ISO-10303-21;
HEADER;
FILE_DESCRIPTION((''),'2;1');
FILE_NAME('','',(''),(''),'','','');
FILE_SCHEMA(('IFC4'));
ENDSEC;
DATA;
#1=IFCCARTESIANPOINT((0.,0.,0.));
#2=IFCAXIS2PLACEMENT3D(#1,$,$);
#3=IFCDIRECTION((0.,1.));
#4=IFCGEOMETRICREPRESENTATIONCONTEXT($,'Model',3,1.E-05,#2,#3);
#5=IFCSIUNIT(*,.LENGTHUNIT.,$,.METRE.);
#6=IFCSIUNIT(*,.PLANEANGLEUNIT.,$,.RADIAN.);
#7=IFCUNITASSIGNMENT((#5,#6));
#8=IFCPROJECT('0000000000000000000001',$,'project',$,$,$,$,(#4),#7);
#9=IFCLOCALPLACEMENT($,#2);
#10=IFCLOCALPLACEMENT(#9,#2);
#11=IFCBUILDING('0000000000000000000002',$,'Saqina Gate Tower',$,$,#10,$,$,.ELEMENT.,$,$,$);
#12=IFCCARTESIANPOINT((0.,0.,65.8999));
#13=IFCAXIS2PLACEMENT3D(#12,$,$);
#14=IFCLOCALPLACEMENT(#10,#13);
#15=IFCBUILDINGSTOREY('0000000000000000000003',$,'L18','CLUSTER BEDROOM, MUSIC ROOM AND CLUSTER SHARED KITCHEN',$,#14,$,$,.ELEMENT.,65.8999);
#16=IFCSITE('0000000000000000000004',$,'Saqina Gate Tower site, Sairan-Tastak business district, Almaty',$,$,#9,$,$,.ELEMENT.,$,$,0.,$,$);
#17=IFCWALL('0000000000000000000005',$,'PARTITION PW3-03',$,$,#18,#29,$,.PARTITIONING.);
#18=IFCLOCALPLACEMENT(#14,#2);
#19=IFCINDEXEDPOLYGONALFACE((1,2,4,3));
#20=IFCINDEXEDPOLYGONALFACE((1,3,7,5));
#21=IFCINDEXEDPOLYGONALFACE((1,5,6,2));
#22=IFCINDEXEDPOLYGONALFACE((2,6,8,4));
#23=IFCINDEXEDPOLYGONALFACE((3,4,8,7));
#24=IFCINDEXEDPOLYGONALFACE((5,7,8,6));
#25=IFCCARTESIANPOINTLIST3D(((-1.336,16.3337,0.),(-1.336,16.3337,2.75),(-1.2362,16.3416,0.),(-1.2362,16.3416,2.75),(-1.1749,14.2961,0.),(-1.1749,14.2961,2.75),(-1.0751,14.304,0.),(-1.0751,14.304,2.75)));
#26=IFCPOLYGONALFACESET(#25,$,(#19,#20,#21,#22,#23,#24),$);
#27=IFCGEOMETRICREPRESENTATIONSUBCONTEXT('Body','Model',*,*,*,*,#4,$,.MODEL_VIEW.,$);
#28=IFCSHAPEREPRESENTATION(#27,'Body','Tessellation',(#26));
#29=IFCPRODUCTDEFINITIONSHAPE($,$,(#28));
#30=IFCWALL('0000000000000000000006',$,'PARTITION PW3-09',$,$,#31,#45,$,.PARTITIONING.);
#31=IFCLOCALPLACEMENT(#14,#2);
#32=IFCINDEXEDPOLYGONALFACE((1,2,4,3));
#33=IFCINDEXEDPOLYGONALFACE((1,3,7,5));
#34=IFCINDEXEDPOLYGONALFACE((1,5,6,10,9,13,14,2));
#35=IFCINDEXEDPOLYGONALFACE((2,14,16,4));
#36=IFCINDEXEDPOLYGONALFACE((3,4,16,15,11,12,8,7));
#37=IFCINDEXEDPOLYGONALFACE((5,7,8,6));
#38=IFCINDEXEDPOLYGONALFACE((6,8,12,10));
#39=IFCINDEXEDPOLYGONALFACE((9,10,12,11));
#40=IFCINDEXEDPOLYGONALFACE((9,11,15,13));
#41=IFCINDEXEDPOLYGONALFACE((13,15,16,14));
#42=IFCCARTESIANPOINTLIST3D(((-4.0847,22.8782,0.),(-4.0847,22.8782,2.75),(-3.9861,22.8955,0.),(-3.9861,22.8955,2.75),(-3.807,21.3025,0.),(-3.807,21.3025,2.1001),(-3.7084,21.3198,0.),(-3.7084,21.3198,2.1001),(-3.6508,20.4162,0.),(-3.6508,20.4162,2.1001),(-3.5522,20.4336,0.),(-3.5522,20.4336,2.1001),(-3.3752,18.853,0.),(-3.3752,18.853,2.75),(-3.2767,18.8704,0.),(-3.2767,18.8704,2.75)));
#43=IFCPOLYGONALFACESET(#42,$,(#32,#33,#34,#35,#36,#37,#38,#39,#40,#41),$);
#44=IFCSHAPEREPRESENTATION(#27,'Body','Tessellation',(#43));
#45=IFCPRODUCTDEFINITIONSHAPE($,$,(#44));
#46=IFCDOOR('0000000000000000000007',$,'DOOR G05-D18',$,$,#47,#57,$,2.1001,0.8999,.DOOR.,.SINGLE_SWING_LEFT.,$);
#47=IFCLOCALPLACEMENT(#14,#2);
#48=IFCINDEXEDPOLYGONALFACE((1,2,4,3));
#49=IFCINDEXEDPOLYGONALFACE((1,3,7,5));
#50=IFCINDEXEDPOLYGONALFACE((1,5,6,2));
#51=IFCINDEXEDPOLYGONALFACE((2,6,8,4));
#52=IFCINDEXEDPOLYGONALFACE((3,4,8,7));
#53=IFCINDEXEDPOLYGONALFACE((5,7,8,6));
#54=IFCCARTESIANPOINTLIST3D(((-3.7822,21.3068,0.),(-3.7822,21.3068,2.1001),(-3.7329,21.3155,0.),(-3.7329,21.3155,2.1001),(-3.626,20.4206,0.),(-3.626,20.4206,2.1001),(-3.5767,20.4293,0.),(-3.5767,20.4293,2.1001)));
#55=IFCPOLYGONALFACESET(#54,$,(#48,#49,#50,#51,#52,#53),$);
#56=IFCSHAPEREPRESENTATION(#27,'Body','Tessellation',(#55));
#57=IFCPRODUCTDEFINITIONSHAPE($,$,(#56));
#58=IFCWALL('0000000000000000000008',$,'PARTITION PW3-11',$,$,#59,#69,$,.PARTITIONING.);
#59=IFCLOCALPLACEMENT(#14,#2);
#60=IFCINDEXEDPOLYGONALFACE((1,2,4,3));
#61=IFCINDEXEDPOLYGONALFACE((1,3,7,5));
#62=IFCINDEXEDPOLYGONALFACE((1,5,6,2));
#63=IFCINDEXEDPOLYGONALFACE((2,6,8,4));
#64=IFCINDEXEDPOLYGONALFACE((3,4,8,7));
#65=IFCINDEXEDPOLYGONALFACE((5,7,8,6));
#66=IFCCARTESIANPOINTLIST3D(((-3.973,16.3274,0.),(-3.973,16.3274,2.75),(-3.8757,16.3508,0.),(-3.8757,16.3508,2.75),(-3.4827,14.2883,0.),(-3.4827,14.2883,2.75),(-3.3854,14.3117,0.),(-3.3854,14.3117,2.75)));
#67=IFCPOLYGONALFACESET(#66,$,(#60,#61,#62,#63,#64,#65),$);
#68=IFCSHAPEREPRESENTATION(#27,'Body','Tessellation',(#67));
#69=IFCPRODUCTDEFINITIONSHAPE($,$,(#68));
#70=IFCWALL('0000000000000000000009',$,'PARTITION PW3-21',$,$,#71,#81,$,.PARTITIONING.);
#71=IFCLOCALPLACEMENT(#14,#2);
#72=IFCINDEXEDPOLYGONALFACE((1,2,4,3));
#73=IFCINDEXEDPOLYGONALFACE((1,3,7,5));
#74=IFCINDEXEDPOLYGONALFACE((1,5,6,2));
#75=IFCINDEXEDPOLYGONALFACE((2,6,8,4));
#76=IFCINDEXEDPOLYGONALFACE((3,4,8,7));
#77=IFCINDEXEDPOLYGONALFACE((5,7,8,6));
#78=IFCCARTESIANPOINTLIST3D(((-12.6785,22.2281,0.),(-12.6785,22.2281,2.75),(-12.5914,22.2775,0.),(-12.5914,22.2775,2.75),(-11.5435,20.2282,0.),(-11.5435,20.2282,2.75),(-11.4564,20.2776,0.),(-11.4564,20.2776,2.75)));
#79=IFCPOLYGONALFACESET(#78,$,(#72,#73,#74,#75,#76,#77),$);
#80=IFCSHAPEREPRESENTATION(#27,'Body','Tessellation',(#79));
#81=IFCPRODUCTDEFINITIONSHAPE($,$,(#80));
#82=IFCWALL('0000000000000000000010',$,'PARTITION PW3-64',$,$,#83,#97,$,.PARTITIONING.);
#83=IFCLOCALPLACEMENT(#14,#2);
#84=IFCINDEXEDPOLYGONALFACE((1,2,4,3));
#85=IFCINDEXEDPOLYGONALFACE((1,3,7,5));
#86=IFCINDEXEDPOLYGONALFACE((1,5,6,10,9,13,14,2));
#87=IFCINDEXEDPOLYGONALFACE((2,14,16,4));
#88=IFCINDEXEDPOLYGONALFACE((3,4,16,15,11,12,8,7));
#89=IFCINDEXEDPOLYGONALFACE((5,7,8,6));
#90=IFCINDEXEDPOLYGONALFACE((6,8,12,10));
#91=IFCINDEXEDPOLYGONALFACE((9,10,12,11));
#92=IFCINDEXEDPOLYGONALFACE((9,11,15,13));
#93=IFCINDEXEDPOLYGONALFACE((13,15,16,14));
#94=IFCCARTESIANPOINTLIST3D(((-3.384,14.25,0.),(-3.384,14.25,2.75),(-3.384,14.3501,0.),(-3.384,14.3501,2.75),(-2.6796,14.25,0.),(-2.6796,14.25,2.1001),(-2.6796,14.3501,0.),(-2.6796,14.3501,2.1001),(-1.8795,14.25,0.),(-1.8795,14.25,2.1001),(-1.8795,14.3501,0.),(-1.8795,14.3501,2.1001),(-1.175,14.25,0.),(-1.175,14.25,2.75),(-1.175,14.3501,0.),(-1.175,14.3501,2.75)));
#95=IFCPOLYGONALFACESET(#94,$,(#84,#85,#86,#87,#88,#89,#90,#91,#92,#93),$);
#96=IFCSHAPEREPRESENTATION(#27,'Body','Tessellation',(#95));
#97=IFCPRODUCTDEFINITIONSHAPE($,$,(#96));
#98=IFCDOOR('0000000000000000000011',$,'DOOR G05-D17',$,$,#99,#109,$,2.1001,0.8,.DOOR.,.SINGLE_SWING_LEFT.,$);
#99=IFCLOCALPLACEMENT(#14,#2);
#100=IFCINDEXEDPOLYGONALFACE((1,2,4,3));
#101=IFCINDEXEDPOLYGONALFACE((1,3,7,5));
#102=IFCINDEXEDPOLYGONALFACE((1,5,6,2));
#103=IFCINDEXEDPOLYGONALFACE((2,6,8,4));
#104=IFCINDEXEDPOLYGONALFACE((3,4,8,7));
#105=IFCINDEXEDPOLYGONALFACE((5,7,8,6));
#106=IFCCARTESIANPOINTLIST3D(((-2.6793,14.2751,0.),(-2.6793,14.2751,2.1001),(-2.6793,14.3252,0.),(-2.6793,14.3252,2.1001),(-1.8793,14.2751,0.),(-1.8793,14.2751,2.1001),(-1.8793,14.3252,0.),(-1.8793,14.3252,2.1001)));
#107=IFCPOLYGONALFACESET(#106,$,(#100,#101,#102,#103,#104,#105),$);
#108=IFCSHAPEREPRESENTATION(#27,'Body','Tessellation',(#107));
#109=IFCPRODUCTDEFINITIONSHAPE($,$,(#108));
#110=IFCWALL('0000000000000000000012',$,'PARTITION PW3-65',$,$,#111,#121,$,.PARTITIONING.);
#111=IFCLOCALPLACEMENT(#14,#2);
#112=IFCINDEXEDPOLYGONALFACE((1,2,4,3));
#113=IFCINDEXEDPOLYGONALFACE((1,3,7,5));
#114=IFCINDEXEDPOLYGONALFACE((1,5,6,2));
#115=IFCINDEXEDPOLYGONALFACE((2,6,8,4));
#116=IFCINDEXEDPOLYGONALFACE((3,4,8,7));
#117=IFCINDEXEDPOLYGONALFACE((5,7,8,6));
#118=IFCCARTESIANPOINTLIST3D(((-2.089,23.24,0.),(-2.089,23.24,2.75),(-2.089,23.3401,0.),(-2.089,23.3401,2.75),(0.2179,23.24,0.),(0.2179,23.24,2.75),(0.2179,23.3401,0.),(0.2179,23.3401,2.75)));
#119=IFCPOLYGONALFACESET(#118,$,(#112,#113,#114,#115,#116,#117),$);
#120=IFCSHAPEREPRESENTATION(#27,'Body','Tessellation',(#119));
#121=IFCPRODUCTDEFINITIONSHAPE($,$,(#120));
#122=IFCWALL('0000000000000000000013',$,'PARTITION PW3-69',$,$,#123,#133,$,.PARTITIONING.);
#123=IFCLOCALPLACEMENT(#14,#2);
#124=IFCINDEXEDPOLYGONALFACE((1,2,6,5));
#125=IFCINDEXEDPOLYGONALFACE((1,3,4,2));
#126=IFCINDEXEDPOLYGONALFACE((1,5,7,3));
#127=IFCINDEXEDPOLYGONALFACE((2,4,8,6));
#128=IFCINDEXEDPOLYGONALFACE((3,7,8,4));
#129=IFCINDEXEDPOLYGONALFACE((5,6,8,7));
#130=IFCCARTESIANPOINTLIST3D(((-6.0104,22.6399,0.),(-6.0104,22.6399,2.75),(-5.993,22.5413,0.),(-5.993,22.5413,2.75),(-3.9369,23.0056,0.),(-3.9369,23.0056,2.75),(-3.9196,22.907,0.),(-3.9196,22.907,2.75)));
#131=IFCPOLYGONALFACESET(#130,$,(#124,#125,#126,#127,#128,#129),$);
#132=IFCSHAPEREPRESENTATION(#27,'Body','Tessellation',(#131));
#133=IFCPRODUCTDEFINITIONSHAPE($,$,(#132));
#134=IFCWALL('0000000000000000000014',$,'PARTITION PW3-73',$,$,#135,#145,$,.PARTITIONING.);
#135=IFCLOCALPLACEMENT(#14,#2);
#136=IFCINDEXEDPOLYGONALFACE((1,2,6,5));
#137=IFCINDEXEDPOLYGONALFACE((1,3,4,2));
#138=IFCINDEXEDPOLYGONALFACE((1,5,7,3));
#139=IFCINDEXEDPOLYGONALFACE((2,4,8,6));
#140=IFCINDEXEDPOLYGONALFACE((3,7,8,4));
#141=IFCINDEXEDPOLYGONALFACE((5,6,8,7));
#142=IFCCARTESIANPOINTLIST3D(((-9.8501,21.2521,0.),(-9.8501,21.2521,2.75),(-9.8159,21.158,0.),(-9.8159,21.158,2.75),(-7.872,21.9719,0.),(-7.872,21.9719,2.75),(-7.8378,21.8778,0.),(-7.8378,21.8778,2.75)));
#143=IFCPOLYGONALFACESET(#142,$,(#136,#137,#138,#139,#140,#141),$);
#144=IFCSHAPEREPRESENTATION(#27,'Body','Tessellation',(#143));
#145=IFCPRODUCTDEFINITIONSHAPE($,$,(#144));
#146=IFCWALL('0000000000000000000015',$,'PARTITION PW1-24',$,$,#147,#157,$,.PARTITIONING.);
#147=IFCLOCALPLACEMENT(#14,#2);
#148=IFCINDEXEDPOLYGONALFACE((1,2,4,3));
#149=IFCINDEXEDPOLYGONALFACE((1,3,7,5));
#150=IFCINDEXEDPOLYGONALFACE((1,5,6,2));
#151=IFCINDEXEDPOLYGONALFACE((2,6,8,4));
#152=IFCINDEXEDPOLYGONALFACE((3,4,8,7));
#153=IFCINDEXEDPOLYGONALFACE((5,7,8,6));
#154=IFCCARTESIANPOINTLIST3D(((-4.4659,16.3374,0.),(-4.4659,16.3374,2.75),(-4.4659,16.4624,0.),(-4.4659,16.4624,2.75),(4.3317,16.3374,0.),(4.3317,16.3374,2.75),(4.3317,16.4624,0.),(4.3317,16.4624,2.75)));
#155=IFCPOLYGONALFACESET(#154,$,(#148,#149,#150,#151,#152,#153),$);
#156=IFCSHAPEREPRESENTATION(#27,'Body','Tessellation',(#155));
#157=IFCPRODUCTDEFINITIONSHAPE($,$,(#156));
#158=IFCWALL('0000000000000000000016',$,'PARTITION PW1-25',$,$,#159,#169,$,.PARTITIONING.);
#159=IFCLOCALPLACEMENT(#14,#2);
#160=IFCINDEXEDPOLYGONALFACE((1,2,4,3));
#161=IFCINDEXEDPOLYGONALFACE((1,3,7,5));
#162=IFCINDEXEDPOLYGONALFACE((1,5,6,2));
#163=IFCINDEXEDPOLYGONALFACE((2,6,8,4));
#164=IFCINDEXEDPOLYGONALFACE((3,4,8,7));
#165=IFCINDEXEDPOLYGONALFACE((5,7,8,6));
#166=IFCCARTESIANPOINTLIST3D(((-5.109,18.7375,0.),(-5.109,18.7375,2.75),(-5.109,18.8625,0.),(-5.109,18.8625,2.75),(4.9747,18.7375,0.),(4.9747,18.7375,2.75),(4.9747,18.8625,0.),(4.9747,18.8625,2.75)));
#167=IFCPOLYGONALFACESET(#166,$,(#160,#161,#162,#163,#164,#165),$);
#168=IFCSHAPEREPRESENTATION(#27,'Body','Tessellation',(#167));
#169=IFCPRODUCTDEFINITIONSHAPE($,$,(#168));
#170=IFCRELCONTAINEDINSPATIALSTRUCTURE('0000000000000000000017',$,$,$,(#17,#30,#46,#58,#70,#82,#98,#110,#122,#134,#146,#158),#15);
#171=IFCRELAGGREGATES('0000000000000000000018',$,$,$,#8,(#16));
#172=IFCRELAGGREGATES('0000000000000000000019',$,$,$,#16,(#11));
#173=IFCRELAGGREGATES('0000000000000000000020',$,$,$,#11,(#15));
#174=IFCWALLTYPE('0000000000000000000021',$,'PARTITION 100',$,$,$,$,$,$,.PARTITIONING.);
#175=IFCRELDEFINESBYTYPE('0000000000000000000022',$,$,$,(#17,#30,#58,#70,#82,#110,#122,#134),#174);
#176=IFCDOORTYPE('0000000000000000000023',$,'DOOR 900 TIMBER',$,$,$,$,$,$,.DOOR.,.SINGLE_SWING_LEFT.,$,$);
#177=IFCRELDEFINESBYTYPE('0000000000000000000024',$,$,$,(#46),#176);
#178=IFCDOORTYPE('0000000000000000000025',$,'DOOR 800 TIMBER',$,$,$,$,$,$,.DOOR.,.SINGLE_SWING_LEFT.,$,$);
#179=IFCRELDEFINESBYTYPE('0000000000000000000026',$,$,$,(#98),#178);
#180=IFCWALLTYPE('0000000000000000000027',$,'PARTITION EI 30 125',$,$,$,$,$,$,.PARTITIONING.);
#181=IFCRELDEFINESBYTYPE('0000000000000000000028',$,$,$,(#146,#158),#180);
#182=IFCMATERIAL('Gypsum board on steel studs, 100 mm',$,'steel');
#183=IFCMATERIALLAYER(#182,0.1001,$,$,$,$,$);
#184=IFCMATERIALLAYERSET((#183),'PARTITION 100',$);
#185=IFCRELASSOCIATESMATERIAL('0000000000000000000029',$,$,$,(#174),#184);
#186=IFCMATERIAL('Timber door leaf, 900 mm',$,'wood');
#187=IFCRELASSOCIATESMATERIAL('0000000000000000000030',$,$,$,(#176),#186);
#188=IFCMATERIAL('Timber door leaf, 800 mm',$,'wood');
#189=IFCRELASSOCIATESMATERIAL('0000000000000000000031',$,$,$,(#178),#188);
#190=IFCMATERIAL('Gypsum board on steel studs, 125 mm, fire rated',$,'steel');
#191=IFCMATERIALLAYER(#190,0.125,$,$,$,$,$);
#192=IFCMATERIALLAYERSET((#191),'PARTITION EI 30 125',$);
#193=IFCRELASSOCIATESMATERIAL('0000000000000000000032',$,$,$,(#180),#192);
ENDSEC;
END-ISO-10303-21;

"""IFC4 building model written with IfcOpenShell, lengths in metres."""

from ifc_helpers import new_model, si_unit, direction, frame, frame_2d, origin, place, context, subcontext, project, spatial, rectangle, extrude, material, layer, layer_set, type_object, element, fill, save


model = new_model("IFC4")

# Units and contexts
model_context = context("Model", 3, precision=1e-05, world=origin(), true_north=direction((0.0, 1.0)))
body_context = subcontext(model_context, "Body", "Model", "MODEL_VIEW")
ifc_project = project(units=[si_unit("LENGTHUNIT", "METRE"), si_unit("PLANEANGLEUNIT", "RADIAN")], contexts=[model_context])

# Site, building, storey
site_placement = place(None, origin())
site = spatial("IfcSite", under=ifc_project, at=site_placement, Name="Saqina Gate Tower site, Sairan-Tastak business district, Almaty", CompositionType="ELEMENT", RefElevation=0.0)
building_placement = place(site_placement, origin())
building = spatial("IfcBuilding", under=site, at=building_placement, Name="Saqina Gate Tower", CompositionType="ELEMENT")
storey_placement = place(building_placement, frame((0.0, 0.0, 65.8999)))
storey = spatial("IfcBuildingStorey", under=building, at=storey_placement, Name="L18", Description="CLUSTER BEDROOM, MUSIC ROOM AND CLUSTER SHARED KITCHEN", CompositionType="ELEMENT", Elevation=65.8999)

# Wall
ifc_material_1 = material(Name="Gypsum board on steel studs, 100 mm", Category="steel")
ifc_layer_1 = layer(ifc_material_1, 0.1001)
ifc_layer_set_1 = layer_set([ifc_layer_1], Name="PARTITION 100")
wall_type_1 = type_object("IfcWallType", Name="PARTITION 100", PredefinedType="PARTITIONING", material=ifc_layer_set_1)
wall_1_placement = place(storey_placement, frame((-1.2861, 16.3376, 0.0), z_axis=(0.0, 0.0, 1.0), x_axis=(0.078834, -0.996888, 0.0)))
element("IfcWall", 1, at=wall_1_placement, inside=storey, type_object=wall_type_1, Name="PARTITION PW3-03", PredefinedType="PARTITIONING", context=body_context, shape_type="SweptSolid", body=[
    extrude(rectangle(XDim=2.0439, YDim=0.1001, at=frame_2d((1.022, 0.0))), origin(), (0.0, 0.0, 1.0), 2.75),
])

# Wall, opening, door
wall_2_placement = place(storey_placement, frame((-4.0354, 22.8867, 0.0), z_axis=(0.0, 0.0, 1.0), x_axis=(0.173584, -0.984819, 0.0)))
wall_2 = element("IfcWall", 2, at=wall_2_placement, inside=storey, type_object=wall_type_1, Name="PARTITION PW3-09", PredefinedType="PARTITIONING", context=body_context, shape_type="SweptSolid", body=[
    extrude(rectangle(XDim=4.0872, YDim=0.1001, at=frame_2d((2.0435, 0.0))), origin(), (0.0, 0.0, 1.0), 2.75),
])
opening_1_placement = place(wall_2_placement, frame((1.5999, 0.0, 0.0)))
opening_1 = element("IfcOpeningElement", 3, at=opening_1_placement, cuts=wall_2, PredefinedType="OPENING", context=body_context, shape_type="SweptSolid", body=[
    extrude(rectangle(XDim=0.8999, YDim=2.1001, at=frame_2d((0.45, 1.05))), frame((0.0, 0.062, 0.0), z_axis=(0.0, -1.0, 0.0), x_axis=(1.0, 0.0, 0.0)), (0.0, 0.0, 1.0), 0.124),
])
ifc_material_2 = material(Name="Timber door leaf, 900 mm", Category="wood")
door_type_1 = type_object("IfcDoorType", Name="DOOR 900 TIMBER", OperationType="SINGLE_SWING_LEFT", PredefinedType="DOOR", material=ifc_material_2)
door_1_placement = place(opening_1_placement, frame((0.8999, 0.0, 0.0), z_axis=(0.0, 0.0, 1.0), x_axis=(-1.0, 0.0, 0.0)))
door_1 = element("IfcDoor", 4, at=door_1_placement, inside=storey, type_object=door_type_1, Name="DOOR G05-D18", OperationType="SINGLE_SWING_LEFT", OverallHeight=2.1001, OverallWidth=0.8999, PredefinedType="DOOR", context=body_context, shape_type="SweptSolid", body=[
    extrude(rectangle(XDim=0.8999, YDim=2.1001, at=frame_2d((0.45, 1.05))), frame((0.0, 0.0249, 0.0), z_axis=(0.0, -1.0, 0.0), x_axis=(1.0, 0.0, 0.0)), (0.0, 0.0, 1.0), 0.05),
])
fill(opening_1, door_1)

# Walls
wall_3_placement = place(storey_placement, frame((-3.9243, 16.3391, 0.0), z_axis=(0.0, 0.0, 1.0), x_axis=(0.23376, -0.972294, 0.0)))
element("IfcWall", 5, at=wall_3_placement, inside=storey, type_object=wall_type_1, Name="PARTITION PW3-11", PredefinedType="PARTITIONING", context=body_context, shape_type="SweptSolid", body=[
    extrude(rectangle(XDim=2.0972, YDim=0.1001, at=frame_2d((1.0486, 0.0))), origin(), (0.0, 0.0, 1.0), 2.75),
])
wall_4_placement = place(storey_placement, frame((-12.635, 22.2529, 0.0), z_axis=(0.0, 0.0, 1.0), x_axis=(0.493564, -0.869709, 0.0)))
element("IfcWall", 6, at=wall_4_placement, inside=storey, type_object=wall_type_1, Name="PARTITION PW3-21", PredefinedType="PARTITIONING", context=body_context, shape_type="SweptSolid", body=[
    extrude(rectangle(XDim=2.2996, YDim=0.1001, at=frame_2d((1.1499, 0.0))), origin(), (0.0, 0.0, 1.0), 2.75),
])

# Wall, opening, door
wall_5_placement = place(storey_placement, frame((-3.384, 14.3, 0.0), z_axis=(0.0, 0.0, 1.0), x_axis=(1.0, 0.0, 0.0)))
wall_5 = element("IfcWall", 7, at=wall_5_placement, inside=storey, type_object=wall_type_1, Name="PARTITION PW3-64", PredefinedType="PARTITIONING", context=body_context, shape_type="SweptSolid", body=[
    extrude(rectangle(XDim=2.209, YDim=0.1001, at=frame_2d((1.1045, 0.0))), origin(), (0.0, 0.0, 1.0), 2.75),
])
opening_2_placement = place(wall_5_placement, frame((0.7046, 0.0, 0.0)))
opening_2 = element("IfcOpeningElement", 8, at=opening_2_placement, cuts=wall_5, PredefinedType="OPENING", context=body_context, shape_type="SweptSolid", body=[
    extrude(rectangle(XDim=0.8, YDim=2.1001, at=frame_2d((0.3999, 1.05))), frame((0.0, 0.062, 0.0), z_axis=(0.0, -1.0, 0.0), x_axis=(1.0, 0.0, 0.0)), (0.0, 0.0, 1.0), 0.124),
])
ifc_material_3 = material(Name="Timber door leaf, 800 mm", Category="wood")
door_type_2 = type_object("IfcDoorType", Name="DOOR 800 TIMBER", OperationType="SINGLE_SWING_LEFT", PredefinedType="DOOR", material=ifc_material_3)
door_2_placement = place(opening_2_placement, frame((0.8, 0.0, 0.0), z_axis=(0.0, 0.0, 1.0), x_axis=(-1.0, 0.0, 0.0)))
door_2 = element("IfcDoor", 9, at=door_2_placement, inside=storey, type_object=door_type_2, Name="DOOR G05-D17", OperationType="SINGLE_SWING_LEFT", OverallHeight=2.1001, OverallWidth=0.8, PredefinedType="DOOR", context=body_context, shape_type="SweptSolid", body=[
    extrude(rectangle(XDim=0.8, YDim=2.1001, at=frame_2d((0.3999, 1.05))), frame((0.0, 0.0249, 0.0), z_axis=(0.0, -1.0, 0.0), x_axis=(1.0, 0.0, 0.0)), (0.0, 0.0, 1.0), 0.05),
])
fill(opening_2, door_2)

# Walls
wall_6_placement = place(storey_placement, frame((-2.0889, 23.29, 0.0), z_axis=(0.0, 0.0, 1.0), x_axis=(1.0, 0.0, 0.0)))
element("IfcWall", 10, at=wall_6_placement, inside=storey, type_object=wall_type_1, Name="PARTITION PW3-65", PredefinedType="PARTITIONING", context=body_context, shape_type="SweptSolid", body=[
    extrude(rectangle(XDim=2.3069, YDim=0.1001, at=frame_2d((1.1533, 0.0))), origin(), (0.0, 0.0, 1.0), 2.75),
])
wall_7_placement = place(storey_placement, frame((-6.0017, 22.5906, 0.0), z_axis=(0.0, 0.0, 1.0), x_axis=(0.984799, 0.173699, 0.0)))
element("IfcWall", 11, at=wall_7_placement, inside=storey, type_object=wall_type_1, Name="PARTITION PW3-69", PredefinedType="PARTITIONING", context=body_context, shape_type="SweptSolid", body=[
    extrude(rectangle(XDim=2.1055, YDim=0.1001, at=frame_2d((1.0527, 0.0))), origin(), (0.0, 0.0, 1.0), 2.75),
])
wall_8_placement = place(storey_placement, frame((-9.833, 21.2051, 0.0), z_axis=(0.0, 0.0, 1.0), x_axis=(0.939726, 0.341929, 0.0)))
element("IfcWall", 12, at=wall_8_placement, inside=storey, type_object=wall_type_1, Name="PARTITION PW3-73", PredefinedType="PARTITIONING", context=body_context, shape_type="SweptSolid", body=[
    extrude(rectangle(XDim=2.105, YDim=0.1001, at=frame_2d((1.0525, 0.0))), origin(), (0.0, 0.0, 1.0), 2.75),
])
ifc_material_4 = material(Name="Gypsum board on steel studs, 125 mm, fire rated", Category="steel")
ifc_layer_2 = layer(ifc_material_4, 0.125)
ifc_layer_set_2 = layer_set([ifc_layer_2], Name="PARTITION EI 30 125")
wall_type_2 = type_object("IfcWallType", Name="PARTITION EI 30 125", PredefinedType="PARTITIONING", material=ifc_layer_set_2)
wall_9_placement = place(storey_placement, frame((-4.4661, 16.3999, 0.0), z_axis=(0.0, 0.0, 1.0), x_axis=(1.0, 0.0, 0.0)))
element("IfcWall", 13, at=wall_9_placement, inside=storey, type_object=wall_type_2, Name="PARTITION PW1-24", PredefinedType="PARTITIONING", context=body_context, shape_type="SweptSolid", body=[
    extrude(rectangle(XDim=8.7976, YDim=0.125, at=frame_2d((4.3989, 0.0))), origin(), (0.0, 0.0, 1.0), 2.75),
])
wall_10_placement = place(storey_placement, frame((-5.1091, 18.8, 0.0), z_axis=(0.0, 0.0, 1.0), x_axis=(1.0, 0.0, 0.0)))
element("IfcWall", 14, at=wall_10_placement, inside=storey, type_object=wall_type_2, Name="PARTITION PW1-25", PredefinedType="PARTITIONING", context=body_context, shape_type="SweptSolid", body=[
    extrude(rectangle(XDim=10.0837, YDim=0.125, at=frame_2d((5.042, 0.0))), origin(), (0.0, 0.0, 1.0), 2.75),
])

save(model, "model.ifc")
